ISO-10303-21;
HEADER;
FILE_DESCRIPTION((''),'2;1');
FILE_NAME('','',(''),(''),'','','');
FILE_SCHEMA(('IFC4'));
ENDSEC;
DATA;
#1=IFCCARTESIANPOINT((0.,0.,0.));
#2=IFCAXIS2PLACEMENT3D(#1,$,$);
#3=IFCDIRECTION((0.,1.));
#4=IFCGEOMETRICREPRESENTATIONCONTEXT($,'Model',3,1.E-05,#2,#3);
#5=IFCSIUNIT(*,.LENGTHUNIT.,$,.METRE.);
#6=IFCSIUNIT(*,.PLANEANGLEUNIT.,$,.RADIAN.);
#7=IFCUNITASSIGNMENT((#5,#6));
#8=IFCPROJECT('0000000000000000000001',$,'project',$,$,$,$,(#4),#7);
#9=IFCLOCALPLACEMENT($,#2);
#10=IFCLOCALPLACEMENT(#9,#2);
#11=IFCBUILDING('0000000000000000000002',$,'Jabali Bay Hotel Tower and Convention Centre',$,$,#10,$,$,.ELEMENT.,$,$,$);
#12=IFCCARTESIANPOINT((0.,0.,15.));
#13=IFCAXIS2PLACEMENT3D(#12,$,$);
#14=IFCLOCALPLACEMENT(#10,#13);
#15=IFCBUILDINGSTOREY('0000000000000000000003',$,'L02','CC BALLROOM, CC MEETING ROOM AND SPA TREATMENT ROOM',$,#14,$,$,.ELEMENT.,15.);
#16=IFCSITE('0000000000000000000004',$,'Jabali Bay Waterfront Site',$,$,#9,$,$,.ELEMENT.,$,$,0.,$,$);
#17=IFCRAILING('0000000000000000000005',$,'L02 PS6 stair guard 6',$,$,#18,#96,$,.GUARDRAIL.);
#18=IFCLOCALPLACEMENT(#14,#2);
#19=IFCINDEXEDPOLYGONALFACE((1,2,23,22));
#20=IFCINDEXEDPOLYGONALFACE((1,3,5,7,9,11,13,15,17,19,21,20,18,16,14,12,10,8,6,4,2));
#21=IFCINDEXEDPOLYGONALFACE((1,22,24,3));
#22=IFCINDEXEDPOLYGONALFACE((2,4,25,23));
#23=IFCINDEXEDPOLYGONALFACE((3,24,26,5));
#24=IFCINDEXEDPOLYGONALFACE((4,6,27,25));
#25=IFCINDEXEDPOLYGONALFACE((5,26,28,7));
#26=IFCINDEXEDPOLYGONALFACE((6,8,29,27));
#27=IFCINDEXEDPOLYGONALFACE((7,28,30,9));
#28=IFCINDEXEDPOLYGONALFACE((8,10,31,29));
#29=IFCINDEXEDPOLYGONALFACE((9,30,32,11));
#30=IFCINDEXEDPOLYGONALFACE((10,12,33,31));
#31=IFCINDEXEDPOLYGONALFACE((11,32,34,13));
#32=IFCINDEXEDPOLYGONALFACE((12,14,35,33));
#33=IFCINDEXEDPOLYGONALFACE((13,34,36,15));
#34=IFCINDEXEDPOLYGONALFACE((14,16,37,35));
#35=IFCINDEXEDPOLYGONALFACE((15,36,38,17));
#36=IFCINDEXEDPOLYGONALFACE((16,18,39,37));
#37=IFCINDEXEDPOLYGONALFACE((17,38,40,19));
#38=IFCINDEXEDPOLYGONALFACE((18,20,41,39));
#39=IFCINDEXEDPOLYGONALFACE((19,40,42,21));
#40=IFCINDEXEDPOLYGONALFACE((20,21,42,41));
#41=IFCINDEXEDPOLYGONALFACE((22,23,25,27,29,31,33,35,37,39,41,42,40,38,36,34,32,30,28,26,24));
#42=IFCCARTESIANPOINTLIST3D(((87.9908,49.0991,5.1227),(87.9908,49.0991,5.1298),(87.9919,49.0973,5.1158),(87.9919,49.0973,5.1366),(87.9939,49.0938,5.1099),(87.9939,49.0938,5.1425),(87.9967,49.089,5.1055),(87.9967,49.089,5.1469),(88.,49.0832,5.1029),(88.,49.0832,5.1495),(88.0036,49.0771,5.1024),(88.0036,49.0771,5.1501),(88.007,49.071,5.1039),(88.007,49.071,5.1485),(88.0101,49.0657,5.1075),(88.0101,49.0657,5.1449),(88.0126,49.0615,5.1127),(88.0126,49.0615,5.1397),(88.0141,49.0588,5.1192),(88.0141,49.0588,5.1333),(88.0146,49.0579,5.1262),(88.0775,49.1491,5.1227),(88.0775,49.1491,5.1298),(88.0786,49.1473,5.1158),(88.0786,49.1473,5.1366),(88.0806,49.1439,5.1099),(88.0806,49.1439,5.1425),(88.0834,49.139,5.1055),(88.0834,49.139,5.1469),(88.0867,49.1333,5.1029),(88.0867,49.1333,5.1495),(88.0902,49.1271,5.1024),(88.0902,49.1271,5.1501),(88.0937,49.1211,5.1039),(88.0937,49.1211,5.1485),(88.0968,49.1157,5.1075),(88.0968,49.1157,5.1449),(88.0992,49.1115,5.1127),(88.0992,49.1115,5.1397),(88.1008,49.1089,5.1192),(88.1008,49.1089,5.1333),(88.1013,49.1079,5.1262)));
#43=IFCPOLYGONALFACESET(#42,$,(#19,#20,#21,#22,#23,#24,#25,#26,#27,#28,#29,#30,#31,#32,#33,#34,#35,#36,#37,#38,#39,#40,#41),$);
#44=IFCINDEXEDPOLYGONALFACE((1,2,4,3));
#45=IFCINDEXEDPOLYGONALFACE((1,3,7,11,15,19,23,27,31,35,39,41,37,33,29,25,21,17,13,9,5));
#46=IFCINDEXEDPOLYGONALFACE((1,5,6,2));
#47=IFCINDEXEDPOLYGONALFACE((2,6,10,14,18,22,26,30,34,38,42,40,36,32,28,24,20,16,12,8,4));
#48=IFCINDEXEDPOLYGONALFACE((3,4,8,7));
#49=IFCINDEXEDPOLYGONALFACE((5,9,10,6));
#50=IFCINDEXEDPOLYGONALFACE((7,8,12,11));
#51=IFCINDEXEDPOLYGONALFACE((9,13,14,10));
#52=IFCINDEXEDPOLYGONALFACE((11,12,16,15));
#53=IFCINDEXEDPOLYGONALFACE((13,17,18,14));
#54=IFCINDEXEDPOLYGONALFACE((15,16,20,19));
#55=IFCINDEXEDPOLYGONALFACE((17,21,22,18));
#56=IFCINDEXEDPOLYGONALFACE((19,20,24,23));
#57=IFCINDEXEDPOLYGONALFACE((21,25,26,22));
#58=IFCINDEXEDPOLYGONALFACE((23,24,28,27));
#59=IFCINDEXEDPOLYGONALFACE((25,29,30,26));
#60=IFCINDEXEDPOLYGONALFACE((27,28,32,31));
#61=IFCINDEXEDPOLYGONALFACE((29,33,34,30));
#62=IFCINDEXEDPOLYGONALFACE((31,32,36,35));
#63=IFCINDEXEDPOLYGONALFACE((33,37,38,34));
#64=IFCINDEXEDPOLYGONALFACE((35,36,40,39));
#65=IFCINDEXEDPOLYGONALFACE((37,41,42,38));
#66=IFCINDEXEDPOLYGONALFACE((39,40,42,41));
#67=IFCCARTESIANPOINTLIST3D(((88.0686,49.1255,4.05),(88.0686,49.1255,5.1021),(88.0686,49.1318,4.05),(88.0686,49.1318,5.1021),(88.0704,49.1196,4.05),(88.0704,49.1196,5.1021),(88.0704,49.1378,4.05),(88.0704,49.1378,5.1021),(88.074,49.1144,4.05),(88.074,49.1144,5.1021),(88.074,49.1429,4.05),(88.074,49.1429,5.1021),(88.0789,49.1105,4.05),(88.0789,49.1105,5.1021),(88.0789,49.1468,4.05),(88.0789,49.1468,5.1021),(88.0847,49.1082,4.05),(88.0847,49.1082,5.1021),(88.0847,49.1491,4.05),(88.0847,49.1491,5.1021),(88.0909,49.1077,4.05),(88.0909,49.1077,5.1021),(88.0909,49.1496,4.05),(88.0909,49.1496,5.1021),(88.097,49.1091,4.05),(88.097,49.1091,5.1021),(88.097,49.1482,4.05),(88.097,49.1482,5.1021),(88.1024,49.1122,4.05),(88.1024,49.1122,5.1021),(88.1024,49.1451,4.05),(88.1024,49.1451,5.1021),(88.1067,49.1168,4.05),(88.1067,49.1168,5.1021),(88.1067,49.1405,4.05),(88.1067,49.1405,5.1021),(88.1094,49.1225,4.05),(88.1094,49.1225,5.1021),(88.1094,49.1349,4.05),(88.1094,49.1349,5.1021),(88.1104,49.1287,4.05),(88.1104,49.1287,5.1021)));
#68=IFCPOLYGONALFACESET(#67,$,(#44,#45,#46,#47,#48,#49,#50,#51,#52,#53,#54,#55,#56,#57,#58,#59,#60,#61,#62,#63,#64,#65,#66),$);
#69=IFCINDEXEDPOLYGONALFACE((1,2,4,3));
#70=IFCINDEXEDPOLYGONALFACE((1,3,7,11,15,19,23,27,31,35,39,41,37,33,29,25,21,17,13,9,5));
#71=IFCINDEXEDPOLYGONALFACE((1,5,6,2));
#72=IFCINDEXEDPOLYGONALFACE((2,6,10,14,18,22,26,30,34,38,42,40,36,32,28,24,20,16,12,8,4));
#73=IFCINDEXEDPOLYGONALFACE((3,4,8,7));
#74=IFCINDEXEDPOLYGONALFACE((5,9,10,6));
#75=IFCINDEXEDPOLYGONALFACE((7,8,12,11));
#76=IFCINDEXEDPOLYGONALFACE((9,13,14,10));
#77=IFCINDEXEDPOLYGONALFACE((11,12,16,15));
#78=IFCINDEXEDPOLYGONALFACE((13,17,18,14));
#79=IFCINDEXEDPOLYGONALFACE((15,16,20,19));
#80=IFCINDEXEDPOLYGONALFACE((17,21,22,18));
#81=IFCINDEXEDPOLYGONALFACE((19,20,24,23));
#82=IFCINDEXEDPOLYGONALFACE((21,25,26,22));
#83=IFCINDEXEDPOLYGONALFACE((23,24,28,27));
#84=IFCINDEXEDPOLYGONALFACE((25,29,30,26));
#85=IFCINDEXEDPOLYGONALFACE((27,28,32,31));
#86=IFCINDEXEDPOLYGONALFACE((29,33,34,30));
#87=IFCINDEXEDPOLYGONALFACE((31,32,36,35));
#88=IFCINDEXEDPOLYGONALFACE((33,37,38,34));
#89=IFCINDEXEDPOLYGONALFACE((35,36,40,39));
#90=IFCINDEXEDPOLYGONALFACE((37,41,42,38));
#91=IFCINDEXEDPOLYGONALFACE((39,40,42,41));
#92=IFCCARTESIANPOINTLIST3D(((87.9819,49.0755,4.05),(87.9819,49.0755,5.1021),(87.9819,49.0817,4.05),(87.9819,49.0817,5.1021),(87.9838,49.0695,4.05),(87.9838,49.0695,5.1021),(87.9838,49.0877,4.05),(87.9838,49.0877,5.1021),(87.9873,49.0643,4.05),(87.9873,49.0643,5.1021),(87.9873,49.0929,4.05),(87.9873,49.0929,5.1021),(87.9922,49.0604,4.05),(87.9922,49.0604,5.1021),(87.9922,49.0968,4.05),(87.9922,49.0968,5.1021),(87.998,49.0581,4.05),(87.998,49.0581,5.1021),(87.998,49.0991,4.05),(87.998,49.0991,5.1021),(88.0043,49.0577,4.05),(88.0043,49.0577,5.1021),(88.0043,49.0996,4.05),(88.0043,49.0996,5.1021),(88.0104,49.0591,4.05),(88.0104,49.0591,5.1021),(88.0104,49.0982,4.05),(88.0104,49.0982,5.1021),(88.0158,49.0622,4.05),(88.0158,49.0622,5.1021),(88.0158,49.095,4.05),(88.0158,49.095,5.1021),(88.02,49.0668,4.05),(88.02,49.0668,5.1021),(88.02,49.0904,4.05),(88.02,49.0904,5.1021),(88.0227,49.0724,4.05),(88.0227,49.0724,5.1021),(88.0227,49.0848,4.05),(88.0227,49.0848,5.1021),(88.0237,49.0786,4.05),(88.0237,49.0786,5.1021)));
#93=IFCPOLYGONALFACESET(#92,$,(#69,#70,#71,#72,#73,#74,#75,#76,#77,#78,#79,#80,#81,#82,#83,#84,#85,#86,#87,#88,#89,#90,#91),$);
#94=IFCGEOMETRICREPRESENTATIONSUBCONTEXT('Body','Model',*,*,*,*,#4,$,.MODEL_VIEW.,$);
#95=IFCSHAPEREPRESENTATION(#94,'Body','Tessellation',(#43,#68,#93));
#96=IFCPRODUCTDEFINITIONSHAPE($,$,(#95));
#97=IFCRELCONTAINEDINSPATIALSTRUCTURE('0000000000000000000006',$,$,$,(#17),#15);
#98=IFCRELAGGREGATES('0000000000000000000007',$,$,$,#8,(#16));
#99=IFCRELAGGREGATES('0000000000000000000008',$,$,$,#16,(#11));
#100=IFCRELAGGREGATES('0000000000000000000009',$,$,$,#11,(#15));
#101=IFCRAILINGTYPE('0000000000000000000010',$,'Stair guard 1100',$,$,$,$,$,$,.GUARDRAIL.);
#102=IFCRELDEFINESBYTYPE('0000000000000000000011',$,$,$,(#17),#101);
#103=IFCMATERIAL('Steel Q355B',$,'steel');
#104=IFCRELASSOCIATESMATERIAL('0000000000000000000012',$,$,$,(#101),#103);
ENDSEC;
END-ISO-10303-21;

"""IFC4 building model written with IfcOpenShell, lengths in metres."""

from ifc_helpers import new_model, si_unit, direction, frame, origin, origin_2d, place, context, subcontext, project, spatial, circle, extrude, material, type_object, element, save


model = new_model("IFC4")

# Units and contexts
model_context = context("Model", 3, precision=1e-05, world=origin(), true_north=direction((0.0, 1.0)))
body_context = subcontext(model_context, "Body", "Model", "MODEL_VIEW")
ifc_project = project(units=[si_unit("LENGTHUNIT", "METRE"), si_unit("PLANEANGLEUNIT", "RADIAN")], contexts=[model_context])

# Site, building, storey
site_placement = place(None, origin())
site = spatial("IfcSite", under=ifc_project, at=site_placement, Name="Jabali Bay Waterfront Site", CompositionType="ELEMENT", RefElevation=0.0)
building_placement = place(site_placement, origin())
building = spatial("IfcBuilding", under=site, at=building_placement, Name="Jabali Bay Hotel Tower and Convention Centre", CompositionType="ELEMENT")
storey_placement = place(building_placement, frame((0.0, 0.0, 15.0)))
storey = spatial("IfcBuildingStorey", under=building, at=storey_placement, Name="L02", Description="CC BALLROOM, CC MEETING ROOM AND SPA TREATMENT ROOM", CompositionType="ELEMENT", Elevation=15.0)

# Railing
ifc_material_1 = material(Name="Steel Q355B", Category="steel")
railing_type_1 = type_object("IfcRailingType", Name="Stair guard 1100", PredefinedType="GUARDRAIL", material=ifc_material_1)
railing_1_placement = place(storey_placement, frame((88.0894, 49.1287, 4.05)))
element("IfcRailing", 1, at=railing_1_placement, inside=storey, type_object=railing_type_1, Name="L02 PS6 stair guard 6", PredefinedType="GUARDRAIL", context=body_context, shape_type="SweptSolid", body=[
    extrude(circle(Radius=0.0239, at=origin_2d()), frame((0.0, 0.0, 1.0762), z_axis=(-0.865982, -0.500074, 0.0), x_axis=(0.500074, -0.865982, 0.0)), (0.0, 0.0, 1.0), 0.1001),
    extrude(circle(Radius=0.021, at=origin_2d()), origin(), (0.0, 0.0, 1.0), 1.052),
    extrude(circle(Radius=0.021, at=origin_2d()), frame((-0.0867, -0.05, 0.0)), (0.0, 0.0, 1.0), 1.052),
])

save(model, "model.ifc")
